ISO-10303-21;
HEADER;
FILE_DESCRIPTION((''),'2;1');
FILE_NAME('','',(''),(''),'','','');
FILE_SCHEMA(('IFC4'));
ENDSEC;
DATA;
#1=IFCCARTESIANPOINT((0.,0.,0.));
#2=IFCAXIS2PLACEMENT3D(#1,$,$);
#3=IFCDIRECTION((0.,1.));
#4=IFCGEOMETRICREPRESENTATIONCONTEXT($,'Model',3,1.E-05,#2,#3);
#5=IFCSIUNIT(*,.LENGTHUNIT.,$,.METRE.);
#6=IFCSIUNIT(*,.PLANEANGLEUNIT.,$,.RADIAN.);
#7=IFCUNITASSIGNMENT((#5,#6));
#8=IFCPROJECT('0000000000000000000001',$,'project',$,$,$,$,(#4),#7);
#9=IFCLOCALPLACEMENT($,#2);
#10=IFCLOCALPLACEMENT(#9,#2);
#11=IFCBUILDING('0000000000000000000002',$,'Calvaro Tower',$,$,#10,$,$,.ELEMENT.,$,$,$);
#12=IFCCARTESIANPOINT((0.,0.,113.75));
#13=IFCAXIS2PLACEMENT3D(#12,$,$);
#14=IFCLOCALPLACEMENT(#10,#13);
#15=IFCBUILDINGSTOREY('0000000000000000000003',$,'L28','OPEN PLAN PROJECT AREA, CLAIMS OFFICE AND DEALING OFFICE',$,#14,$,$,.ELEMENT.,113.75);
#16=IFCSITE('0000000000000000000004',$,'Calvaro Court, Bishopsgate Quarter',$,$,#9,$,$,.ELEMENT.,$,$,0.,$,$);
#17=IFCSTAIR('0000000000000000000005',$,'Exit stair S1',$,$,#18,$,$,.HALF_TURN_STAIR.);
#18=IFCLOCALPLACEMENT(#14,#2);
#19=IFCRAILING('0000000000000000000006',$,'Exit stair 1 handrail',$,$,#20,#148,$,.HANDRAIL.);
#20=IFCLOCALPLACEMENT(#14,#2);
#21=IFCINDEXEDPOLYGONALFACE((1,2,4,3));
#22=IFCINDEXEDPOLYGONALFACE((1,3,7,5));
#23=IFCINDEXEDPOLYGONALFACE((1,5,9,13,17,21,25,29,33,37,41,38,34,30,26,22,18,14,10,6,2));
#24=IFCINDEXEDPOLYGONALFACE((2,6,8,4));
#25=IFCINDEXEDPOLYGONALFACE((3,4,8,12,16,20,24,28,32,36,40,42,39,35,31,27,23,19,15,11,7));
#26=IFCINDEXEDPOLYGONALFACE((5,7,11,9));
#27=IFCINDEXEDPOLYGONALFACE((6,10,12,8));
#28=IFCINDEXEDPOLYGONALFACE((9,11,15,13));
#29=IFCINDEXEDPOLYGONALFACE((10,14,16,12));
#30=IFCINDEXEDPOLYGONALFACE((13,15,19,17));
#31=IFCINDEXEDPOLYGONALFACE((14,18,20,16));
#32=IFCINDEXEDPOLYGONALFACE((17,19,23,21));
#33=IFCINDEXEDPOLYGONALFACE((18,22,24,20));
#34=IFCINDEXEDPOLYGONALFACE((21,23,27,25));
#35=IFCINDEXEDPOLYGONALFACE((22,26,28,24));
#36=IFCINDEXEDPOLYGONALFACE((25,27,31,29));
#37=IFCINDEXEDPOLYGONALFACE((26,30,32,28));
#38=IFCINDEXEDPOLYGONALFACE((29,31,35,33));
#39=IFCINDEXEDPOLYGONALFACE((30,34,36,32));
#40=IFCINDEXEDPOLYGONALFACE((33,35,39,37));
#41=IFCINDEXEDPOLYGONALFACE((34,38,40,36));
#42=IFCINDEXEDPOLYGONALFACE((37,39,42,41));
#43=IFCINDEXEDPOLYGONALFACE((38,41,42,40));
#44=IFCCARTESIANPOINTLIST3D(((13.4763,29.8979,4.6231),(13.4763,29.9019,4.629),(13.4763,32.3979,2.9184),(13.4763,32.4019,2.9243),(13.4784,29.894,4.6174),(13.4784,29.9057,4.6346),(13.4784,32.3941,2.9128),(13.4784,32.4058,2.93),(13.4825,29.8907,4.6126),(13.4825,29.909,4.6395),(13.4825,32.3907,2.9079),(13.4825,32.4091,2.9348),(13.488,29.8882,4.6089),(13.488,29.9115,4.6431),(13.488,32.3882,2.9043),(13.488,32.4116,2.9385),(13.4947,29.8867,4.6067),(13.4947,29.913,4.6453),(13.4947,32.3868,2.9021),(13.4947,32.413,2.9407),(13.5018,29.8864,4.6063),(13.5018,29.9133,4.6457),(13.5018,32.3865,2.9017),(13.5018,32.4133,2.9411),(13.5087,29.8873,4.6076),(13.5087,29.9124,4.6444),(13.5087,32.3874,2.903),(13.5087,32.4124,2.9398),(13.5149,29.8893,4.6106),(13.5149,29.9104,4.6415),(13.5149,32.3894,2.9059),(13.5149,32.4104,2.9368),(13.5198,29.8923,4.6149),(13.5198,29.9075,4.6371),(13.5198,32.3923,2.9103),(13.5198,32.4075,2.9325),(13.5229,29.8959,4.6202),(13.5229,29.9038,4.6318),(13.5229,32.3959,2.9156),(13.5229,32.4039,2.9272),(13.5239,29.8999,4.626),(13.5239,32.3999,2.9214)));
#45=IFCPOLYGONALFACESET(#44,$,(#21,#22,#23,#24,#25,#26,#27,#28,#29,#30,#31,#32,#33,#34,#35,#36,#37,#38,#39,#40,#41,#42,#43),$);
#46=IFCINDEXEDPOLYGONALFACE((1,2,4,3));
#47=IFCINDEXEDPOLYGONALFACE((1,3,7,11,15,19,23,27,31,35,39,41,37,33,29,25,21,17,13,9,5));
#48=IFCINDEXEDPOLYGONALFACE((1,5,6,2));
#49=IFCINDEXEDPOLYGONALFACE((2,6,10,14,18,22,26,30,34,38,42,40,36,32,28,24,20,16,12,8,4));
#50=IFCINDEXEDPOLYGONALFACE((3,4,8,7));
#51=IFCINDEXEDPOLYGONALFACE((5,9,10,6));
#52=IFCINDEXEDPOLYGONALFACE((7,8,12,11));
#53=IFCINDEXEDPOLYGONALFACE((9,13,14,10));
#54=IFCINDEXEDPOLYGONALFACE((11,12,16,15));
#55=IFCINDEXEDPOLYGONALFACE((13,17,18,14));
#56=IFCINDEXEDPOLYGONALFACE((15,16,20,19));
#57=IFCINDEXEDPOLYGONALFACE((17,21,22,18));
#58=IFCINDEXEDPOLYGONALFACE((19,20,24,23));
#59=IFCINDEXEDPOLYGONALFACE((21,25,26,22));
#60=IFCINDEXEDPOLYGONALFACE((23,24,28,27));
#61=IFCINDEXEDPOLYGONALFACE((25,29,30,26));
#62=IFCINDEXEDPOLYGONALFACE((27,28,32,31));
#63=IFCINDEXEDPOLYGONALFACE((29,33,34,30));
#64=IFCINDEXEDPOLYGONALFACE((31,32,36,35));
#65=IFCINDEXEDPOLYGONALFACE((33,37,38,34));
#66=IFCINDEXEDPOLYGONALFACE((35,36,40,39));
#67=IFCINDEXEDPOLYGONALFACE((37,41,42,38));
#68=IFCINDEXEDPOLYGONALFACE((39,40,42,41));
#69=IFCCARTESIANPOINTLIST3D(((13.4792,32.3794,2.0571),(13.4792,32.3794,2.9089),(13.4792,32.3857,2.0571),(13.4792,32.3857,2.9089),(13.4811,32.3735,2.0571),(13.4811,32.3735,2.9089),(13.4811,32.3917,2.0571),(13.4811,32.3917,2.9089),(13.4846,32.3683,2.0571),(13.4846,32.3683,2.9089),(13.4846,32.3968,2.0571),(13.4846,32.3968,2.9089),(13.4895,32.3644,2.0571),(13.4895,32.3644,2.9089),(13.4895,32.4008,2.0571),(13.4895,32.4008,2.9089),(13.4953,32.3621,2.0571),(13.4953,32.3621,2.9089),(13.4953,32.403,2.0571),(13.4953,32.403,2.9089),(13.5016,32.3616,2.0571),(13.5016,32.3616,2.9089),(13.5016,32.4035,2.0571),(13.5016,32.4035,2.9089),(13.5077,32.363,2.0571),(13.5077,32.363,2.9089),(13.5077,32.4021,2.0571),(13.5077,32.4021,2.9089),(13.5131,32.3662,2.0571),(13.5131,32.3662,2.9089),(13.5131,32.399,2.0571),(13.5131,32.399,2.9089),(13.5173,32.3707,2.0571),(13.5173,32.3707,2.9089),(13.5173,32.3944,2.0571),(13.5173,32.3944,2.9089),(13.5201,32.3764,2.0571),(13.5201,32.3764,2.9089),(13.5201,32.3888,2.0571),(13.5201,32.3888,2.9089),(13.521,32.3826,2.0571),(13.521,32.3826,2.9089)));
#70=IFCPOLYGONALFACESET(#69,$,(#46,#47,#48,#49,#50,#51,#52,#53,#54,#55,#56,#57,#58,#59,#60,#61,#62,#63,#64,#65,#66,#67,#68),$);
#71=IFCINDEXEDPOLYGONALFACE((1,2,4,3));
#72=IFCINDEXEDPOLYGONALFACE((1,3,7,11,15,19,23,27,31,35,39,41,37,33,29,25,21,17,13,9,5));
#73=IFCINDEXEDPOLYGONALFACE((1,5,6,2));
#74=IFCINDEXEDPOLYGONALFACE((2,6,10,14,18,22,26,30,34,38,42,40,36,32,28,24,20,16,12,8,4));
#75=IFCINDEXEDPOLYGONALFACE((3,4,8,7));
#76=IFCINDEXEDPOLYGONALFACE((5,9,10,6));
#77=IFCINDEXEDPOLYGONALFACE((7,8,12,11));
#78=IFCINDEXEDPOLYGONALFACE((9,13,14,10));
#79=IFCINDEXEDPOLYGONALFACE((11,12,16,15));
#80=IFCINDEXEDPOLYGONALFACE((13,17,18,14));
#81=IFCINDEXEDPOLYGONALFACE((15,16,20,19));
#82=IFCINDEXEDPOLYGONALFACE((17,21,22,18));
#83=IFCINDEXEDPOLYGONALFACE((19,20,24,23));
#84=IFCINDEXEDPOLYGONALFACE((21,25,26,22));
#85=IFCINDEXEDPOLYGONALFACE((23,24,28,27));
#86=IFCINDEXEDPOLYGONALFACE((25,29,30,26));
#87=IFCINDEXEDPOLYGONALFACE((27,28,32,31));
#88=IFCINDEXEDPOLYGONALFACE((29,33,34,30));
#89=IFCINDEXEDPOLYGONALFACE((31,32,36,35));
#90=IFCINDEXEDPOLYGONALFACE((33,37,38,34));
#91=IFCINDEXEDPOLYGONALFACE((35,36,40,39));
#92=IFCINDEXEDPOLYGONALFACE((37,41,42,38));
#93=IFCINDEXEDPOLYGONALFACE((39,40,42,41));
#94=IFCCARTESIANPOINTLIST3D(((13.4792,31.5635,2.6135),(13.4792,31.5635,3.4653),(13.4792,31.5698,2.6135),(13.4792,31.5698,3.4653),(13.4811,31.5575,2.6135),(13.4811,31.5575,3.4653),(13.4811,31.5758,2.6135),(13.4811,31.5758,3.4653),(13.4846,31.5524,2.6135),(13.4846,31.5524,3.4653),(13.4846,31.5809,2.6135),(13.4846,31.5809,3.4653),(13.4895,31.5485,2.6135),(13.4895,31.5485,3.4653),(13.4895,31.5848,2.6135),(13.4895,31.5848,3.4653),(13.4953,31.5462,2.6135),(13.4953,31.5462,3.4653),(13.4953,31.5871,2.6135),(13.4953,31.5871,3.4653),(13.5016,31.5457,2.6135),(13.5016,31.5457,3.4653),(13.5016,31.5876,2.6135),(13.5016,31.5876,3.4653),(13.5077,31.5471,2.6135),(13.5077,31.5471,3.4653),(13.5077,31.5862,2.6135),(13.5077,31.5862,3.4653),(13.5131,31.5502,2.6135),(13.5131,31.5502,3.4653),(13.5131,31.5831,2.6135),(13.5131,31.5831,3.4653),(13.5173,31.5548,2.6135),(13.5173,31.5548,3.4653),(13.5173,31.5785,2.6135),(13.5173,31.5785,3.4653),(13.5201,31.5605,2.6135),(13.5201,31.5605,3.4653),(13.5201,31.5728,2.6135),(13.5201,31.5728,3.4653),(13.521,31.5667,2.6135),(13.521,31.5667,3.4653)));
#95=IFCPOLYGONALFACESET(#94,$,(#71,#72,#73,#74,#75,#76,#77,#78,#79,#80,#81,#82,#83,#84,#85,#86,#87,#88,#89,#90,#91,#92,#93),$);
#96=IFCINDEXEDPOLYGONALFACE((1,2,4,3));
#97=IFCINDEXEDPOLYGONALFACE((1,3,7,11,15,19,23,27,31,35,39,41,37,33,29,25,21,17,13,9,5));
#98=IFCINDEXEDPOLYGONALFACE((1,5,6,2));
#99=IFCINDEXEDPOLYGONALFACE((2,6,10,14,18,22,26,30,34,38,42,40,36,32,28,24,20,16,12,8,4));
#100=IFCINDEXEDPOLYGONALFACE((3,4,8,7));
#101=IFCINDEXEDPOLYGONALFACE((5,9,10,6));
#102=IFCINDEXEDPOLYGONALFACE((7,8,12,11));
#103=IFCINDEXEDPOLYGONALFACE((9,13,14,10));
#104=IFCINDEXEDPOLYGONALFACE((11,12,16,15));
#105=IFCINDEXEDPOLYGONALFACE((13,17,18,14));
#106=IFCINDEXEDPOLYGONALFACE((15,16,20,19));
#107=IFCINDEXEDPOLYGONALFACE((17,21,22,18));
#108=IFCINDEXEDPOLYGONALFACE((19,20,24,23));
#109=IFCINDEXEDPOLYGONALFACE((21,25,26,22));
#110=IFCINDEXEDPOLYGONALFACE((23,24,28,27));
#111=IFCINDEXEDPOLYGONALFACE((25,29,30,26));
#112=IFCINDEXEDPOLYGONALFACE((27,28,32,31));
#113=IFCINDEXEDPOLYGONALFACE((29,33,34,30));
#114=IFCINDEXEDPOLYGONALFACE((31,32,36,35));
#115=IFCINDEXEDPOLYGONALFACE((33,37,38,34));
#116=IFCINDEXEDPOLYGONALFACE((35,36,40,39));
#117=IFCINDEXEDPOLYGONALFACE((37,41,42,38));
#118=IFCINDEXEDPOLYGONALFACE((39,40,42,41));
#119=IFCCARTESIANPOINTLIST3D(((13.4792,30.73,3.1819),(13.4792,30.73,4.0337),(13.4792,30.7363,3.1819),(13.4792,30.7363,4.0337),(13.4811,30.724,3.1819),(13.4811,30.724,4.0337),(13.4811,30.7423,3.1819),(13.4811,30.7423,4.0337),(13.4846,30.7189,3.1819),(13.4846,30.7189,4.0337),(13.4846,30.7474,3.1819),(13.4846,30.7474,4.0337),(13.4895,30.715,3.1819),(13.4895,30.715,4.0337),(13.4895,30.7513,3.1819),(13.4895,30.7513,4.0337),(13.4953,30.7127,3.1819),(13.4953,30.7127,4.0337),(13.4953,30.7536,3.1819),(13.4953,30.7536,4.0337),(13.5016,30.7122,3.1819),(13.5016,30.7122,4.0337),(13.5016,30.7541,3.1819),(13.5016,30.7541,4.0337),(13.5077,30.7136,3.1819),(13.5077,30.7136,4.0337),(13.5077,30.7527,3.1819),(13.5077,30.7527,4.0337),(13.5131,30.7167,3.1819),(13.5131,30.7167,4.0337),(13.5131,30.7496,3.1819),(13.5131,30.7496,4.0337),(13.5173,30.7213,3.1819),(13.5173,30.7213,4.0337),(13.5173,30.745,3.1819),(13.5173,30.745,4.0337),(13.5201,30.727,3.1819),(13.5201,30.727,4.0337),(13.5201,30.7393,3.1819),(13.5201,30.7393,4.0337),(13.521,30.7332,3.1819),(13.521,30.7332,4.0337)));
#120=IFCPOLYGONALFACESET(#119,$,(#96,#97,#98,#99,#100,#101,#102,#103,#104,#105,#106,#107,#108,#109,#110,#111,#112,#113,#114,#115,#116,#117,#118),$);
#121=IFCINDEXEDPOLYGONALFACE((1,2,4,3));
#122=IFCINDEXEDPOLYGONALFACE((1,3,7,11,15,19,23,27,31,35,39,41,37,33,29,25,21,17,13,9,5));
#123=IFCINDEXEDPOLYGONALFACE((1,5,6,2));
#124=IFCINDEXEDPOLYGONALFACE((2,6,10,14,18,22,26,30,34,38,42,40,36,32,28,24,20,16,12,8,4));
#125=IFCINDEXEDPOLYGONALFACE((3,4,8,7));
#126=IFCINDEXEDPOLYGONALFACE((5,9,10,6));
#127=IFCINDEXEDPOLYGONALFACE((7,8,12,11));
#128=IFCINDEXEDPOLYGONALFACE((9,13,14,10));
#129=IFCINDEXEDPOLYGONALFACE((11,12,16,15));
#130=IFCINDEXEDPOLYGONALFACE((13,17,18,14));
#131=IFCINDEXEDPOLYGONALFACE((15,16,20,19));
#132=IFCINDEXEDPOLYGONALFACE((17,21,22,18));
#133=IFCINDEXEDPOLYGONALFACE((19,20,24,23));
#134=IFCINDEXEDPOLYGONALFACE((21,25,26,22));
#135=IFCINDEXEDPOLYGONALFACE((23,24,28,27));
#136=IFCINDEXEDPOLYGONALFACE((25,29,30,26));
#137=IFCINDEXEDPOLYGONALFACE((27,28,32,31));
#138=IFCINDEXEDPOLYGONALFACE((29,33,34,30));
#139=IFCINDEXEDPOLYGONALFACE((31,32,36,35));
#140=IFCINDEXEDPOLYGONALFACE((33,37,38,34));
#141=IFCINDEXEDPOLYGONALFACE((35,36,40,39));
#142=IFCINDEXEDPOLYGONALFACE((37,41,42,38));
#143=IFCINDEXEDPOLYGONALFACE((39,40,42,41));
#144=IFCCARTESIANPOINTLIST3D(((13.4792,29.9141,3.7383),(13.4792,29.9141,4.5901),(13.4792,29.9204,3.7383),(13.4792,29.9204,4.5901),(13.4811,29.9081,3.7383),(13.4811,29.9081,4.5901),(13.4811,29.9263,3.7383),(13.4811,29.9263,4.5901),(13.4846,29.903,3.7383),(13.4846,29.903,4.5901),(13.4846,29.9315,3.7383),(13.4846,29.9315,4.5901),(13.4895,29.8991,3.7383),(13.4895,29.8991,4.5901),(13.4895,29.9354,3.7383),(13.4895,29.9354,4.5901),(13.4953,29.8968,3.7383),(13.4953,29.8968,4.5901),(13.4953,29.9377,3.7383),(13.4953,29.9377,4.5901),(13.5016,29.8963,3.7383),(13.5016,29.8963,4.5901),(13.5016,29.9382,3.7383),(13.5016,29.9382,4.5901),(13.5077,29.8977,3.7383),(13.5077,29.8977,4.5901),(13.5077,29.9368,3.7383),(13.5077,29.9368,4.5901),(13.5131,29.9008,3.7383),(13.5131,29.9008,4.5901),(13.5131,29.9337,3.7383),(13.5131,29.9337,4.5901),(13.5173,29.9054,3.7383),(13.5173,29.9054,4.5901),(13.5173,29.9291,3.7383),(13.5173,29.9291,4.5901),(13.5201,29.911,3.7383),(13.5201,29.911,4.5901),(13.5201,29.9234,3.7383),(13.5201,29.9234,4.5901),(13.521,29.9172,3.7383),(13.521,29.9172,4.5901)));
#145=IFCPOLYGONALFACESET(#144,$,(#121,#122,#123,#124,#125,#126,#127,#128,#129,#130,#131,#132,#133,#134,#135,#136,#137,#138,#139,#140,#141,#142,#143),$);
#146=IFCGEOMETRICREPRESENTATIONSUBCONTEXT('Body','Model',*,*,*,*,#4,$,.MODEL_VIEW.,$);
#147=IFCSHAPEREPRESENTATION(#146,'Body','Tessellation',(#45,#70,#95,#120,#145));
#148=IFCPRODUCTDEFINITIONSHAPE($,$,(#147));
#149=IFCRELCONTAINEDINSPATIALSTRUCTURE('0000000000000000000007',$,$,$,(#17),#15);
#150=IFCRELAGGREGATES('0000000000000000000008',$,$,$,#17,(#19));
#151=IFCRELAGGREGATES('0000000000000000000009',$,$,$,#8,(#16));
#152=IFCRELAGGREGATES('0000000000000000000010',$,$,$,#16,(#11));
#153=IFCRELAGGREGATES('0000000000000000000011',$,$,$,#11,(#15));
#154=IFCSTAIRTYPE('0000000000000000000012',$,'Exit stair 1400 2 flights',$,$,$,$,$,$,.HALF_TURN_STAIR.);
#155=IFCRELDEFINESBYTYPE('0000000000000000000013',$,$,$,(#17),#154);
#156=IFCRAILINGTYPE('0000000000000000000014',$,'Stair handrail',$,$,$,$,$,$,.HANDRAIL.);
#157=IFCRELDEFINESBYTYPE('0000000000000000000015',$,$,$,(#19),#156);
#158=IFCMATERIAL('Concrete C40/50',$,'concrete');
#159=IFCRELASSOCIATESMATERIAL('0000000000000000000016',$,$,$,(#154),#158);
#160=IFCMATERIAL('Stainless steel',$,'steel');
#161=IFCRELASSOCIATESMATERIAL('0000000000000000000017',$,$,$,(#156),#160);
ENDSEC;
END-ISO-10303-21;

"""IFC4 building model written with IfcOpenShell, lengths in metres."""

from ifc_helpers import new_model, si_unit, direction, frame, origin, origin_2d, place, context, subcontext, project, spatial, circle, extrude, material, type_object, element, aggregate, save


model = new_model("IFC4")

# Units and contexts
model_context = context("Model", 3, precision=1e-05, world=origin(), true_north=direction((0.0, 1.0)))
body_context = subcontext(model_context, "Body", "Model", "MODEL_VIEW")
ifc_project = project(units=[si_unit("LENGTHUNIT", "METRE"), si_unit("PLANEANGLEUNIT", "RADIAN")], contexts=[model_context])

# Site, building, storey
site_placement = place(None, origin())
site = spatial("IfcSite", under=ifc_project, at=site_placement, Name="Calvaro Court, Bishopsgate Quarter", CompositionType="ELEMENT", RefElevation=0.0)
building_placement = place(site_placement, origin())
building = spatial("IfcBuilding", under=site, at=building_placement, Name="Calvaro Tower", CompositionType="ELEMENT")
storey_placement = place(building_placement, frame((0.0, 0.0, 113.75)))
storey = spatial("IfcBuildingStorey", under=building, at=storey_placement, Name="L28", Description="OPEN PLAN PROJECT AREA, CLAIMS OFFICE AND DEALING OFFICE", CompositionType="ELEMENT", Elevation=113.75)

# Stair, railing
ifc_material_1 = material(Name="Concrete C40/50", Category="concrete")
stair_type = type_object("IfcStairType", Name="Exit stair 1400 2 flights", PredefinedType="HALF_TURN_STAIR", material=ifc_material_1)
stair_placement = place(storey_placement, origin())
stair = element("IfcStair", 1, at=stair_placement, inside=storey, type_object=stair_type, Name="Exit stair S1", PredefinedType="HALF_TURN_STAIR")
ifc_material_2 = material(Name="Stainless steel", Category="steel")
railing_type = type_object("IfcRailingType", Name="Stair handrail", PredefinedType="HANDRAIL", material=ifc_material_2)
railing_1_placement = place(storey_placement, frame((13.5, 32.3999, 2.0454)))
railing_1 = element("IfcRailing", 2, at=railing_1_placement, type_object=railing_type, Name="Exit stair 1 handrail", PredefinedType="HANDRAIL", context=body_context, shape_type="SweptSolid", body=[
    extrude(circle(Radius=0.0239, at=origin_2d()), frame((0.0, 0.0, 0.876), z_axis=(0.0, -0.826221, 0.563347), x_axis=(1.0, 0.0, 0.0)), (0.0, 0.0, 1.0), 3.0259),
    extrude(circle(Radius=0.021, at=origin_2d()), frame((0.0, -0.0173, 0.0117)), (0.0, 0.0, 1.0), 0.8518),
    extrude(circle(Radius=0.021, at=origin_2d()), frame((0.0, -0.8333, 0.5681)), (0.0, 0.0, 1.0), 0.8518),
    extrude(circle(Radius=0.021, at=origin_2d()), frame((0.0, -1.6667, 1.1365)), (0.0, 0.0, 1.0), 0.8518),
    extrude(circle(Radius=0.021, at=origin_2d()), frame((0.0, -2.4827, 1.6929)), (0.0, 0.0, 1.0), 0.8518),
])
aggregate(stair, [railing_1])

save(model, "model.ifc")
